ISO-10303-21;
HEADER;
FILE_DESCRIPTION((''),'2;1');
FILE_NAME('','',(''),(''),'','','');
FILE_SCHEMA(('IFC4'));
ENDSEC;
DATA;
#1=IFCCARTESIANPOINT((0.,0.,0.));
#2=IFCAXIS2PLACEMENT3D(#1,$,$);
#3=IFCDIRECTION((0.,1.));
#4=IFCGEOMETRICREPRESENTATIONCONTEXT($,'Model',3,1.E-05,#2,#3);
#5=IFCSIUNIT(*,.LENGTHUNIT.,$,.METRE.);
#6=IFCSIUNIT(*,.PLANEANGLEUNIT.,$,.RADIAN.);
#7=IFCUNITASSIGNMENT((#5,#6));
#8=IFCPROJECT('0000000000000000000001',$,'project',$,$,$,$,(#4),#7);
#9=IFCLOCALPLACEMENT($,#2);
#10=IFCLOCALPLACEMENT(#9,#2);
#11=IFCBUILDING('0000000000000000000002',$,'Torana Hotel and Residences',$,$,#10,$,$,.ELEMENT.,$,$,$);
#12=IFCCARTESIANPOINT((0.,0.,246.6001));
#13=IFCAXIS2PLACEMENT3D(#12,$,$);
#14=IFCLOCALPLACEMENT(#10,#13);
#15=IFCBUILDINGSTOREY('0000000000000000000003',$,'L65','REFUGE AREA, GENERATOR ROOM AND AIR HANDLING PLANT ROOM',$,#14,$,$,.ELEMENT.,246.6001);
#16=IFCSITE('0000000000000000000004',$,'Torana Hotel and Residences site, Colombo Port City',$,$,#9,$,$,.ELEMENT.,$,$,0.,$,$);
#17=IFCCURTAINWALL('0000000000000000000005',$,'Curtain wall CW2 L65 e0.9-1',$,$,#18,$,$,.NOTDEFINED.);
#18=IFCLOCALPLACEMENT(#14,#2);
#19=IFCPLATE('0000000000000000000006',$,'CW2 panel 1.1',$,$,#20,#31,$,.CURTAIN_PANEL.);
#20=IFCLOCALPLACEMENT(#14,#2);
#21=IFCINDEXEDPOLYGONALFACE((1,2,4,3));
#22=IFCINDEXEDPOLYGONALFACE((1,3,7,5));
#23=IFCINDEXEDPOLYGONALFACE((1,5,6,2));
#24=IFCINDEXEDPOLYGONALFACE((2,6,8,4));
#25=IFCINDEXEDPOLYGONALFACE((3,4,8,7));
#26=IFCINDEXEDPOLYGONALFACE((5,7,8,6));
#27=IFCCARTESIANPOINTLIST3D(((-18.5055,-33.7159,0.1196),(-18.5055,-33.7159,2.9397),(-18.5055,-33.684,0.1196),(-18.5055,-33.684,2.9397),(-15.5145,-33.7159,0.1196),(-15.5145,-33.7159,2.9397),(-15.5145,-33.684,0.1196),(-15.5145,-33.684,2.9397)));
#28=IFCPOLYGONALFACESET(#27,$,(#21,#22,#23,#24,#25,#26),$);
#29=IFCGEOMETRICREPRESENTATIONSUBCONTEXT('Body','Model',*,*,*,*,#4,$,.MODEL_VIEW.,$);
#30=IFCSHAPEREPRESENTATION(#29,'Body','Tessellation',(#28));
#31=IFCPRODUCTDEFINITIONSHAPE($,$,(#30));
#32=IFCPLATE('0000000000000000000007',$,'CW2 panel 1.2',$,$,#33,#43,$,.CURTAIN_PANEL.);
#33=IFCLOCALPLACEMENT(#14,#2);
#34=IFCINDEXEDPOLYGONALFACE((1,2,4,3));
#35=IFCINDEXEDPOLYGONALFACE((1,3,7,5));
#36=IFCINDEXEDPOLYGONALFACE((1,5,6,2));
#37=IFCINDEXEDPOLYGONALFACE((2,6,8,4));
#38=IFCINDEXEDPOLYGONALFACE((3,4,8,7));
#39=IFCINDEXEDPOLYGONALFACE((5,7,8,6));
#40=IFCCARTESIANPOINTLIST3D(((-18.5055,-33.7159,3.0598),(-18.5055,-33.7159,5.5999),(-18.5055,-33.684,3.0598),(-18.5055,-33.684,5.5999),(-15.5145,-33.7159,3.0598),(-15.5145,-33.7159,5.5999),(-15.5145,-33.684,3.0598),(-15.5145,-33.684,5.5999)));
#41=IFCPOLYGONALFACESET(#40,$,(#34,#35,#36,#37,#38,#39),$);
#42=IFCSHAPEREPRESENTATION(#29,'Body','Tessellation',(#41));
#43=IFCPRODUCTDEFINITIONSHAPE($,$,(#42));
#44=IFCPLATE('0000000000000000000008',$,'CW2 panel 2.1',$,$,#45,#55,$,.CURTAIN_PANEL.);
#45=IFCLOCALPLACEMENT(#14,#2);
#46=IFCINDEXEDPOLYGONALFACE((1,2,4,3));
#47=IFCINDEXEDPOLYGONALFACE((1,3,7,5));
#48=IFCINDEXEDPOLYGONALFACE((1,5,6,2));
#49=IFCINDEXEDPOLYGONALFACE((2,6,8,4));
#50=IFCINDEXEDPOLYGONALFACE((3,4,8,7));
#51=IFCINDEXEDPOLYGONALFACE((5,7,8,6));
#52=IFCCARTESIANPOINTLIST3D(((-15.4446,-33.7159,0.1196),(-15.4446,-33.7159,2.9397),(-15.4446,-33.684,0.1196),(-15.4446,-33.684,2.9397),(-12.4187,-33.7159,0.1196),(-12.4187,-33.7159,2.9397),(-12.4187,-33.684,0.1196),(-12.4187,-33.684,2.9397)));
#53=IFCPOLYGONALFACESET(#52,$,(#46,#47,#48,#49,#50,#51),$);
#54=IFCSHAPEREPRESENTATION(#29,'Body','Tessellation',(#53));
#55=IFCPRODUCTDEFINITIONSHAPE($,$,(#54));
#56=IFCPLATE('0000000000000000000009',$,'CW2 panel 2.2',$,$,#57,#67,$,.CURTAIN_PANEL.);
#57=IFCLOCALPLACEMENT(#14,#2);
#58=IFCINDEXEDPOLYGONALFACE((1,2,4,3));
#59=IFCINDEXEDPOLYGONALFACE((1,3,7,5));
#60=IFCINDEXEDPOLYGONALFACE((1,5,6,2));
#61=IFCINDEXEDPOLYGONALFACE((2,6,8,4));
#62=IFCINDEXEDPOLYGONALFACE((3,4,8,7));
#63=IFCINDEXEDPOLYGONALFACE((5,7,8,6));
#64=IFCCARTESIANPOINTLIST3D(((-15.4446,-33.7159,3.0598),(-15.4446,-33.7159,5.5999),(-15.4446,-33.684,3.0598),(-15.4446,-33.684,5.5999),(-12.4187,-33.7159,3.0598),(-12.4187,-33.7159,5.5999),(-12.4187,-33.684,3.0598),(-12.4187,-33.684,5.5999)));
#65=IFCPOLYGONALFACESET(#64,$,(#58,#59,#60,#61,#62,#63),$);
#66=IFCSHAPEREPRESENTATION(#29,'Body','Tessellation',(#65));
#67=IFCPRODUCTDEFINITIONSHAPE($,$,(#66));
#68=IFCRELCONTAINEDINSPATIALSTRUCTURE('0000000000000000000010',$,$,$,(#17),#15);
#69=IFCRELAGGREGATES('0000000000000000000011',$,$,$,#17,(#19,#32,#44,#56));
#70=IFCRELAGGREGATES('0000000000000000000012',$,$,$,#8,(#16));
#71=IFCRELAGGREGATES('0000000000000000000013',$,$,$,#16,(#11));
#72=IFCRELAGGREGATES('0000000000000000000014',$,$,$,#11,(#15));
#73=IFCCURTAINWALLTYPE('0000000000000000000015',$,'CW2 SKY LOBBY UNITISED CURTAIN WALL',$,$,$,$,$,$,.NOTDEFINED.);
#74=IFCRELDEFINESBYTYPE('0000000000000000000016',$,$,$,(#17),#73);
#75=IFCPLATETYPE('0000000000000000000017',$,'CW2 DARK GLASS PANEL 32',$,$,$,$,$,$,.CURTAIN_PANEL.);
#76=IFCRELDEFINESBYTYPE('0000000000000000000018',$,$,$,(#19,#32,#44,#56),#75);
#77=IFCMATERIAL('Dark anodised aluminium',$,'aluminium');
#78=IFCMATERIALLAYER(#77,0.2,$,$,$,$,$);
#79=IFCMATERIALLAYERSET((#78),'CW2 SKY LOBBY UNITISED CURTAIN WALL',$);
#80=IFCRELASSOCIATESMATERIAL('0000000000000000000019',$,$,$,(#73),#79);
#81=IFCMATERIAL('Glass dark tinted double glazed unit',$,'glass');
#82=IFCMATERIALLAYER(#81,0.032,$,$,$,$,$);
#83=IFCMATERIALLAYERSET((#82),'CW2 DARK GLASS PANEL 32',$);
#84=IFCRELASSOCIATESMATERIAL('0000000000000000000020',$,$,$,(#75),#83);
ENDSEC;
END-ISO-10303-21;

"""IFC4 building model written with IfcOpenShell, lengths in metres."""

from ifc_helpers import new_model, si_unit, direction, frame, origin, origin_2d, place, context, subcontext, project, spatial, rectangle, extrude, material, layer, layer_set, type_object, element, aggregate, save


model = new_model("IFC4")

# Units and contexts
model_context = context("Model", 3, precision=1e-05, world=origin(), true_north=direction((0.0, 1.0)))
body_context = subcontext(model_context, "Body", "Model", "MODEL_VIEW")
ifc_project = project(units=[si_unit("LENGTHUNIT", "METRE"), si_unit("PLANEANGLEUNIT", "RADIAN")], contexts=[model_context])

# Site, building, storey
site_placement = place(None, origin())
site = spatial("IfcSite", under=ifc_project, at=site_placement, Name="Torana Hotel and Residences site, Colombo Port City", CompositionType="ELEMENT", RefElevation=0.0)
building_placement = place(site_placement, origin())
building = spatial("IfcBuilding", under=site, at=building_placement, Name="Torana Hotel and Residences", CompositionType="ELEMENT")
storey_placement = place(building_placement, frame((0.0, 0.0, 246.6001)))
storey = spatial("IfcBuildingStorey", under=building, at=storey_placement, Name="L65", Description="REFUGE AREA, GENERATOR ROOM AND AIR HANDLING PLANT ROOM", CompositionType="ELEMENT", Elevation=246.6001)

# Curtain wall
ifc_material_1 = material(Name="Dark anodised aluminium", Category="aluminium")
ifc_layer_1 = layer(ifc_material_1, 0.2)
ifc_layer_set_1 = layer_set([ifc_layer_1], Name="CW2 SKY LOBBY UNITISED CURTAIN WALL")
curtain_wall_type = type_object("IfcCurtainWallType", Name="CW2 SKY LOBBY UNITISED CURTAIN WALL", PredefinedType="NOTDEFINED", material=ifc_layer_set_1)
curtain_wall_placement = place(storey_placement, origin())
curtain_wall = element("IfcCurtainWall", 1, at=curtain_wall_placement, inside=storey, type_object=curtain_wall_type, Name="Curtain wall CW2 L65 e0.9-1", PredefinedType="NOTDEFINED")

# Plates
ifc_material_2 = material(Name="Glass dark tinted double glazed unit", Category="glass")
ifc_layer_2 = layer(ifc_material_2, 0.032)
ifc_layer_set_2 = layer_set([ifc_layer_2], Name="CW2 DARK GLASS PANEL 32")
plate_type = type_object("IfcPlateType", Name="CW2 DARK GLASS PANEL 32", PredefinedType="CURTAIN_PANEL", material=ifc_layer_set_2)
plate_1_placement = place(storey_placement, frame((-17.01, -33.7, 0.1196), z_axis=(0.0, 0.0, 1.0), x_axis=(1.0, 0.0, 0.0)))
plate_1 = element("IfcPlate", 2, at=plate_1_placement, type_object=plate_type, Name="CW2 panel 1.1", PredefinedType="CURTAIN_PANEL", context=body_context, shape_type="SweptSolid", body=[
    extrude(rectangle(XDim=2.991, YDim=0.032, at=origin_2d()), origin(), (0.0, 0.0, 1.0), 2.8201),
])
plate_2_placement = place(storey_placement, frame((-17.01, -33.7, 3.0598), z_axis=(0.0, 0.0, 1.0), x_axis=(1.0, 0.0, 0.0)))
plate_2 = element("IfcPlate", 3, at=plate_2_placement, type_object=plate_type, Name="CW2 panel 1.2", PredefinedType="CURTAIN_PANEL", context=body_context, shape_type="SweptSolid", body=[
    extrude(rectangle(XDim=2.991, YDim=0.032, at=origin_2d()), origin(), (0.0, 0.0, 1.0), 2.54),
])
plate_3_placement = place(storey_placement, frame((-13.9316, -33.7, 0.1196), z_axis=(0.0, 0.0, 1.0), x_axis=(1.0, 0.0, 0.0)))
plate_3 = element("IfcPlate", 4, at=plate_3_placement, type_object=plate_type, Name="CW2 panel 2.1", PredefinedType="CURTAIN_PANEL", context=body_context, shape_type="SweptSolid", body=[
    extrude(rectangle(XDim=3.0259, YDim=0.032, at=origin_2d()), origin(), (0.0, 0.0, 1.0), 2.8201),
])
plate_4_placement = place(storey_placement, frame((-13.9316, -33.7, 3.0598), z_axis=(0.0, 0.0, 1.0), x_axis=(1.0, 0.0, 0.0)))
plate_4 = element("IfcPlate", 5, at=plate_4_placement, type_object=plate_type, Name="CW2 panel 2.2", PredefinedType="CURTAIN_PANEL", context=body_context, shape_type="SweptSolid", body=[
    extrude(rectangle(XDim=3.0259, YDim=0.032, at=origin_2d()), origin(), (0.0, 0.0, 1.0), 2.54),
])
aggregate(curtain_wall, [plate_1, plate_2, plate_3, plate_4])

save(model, "model.ifc")
